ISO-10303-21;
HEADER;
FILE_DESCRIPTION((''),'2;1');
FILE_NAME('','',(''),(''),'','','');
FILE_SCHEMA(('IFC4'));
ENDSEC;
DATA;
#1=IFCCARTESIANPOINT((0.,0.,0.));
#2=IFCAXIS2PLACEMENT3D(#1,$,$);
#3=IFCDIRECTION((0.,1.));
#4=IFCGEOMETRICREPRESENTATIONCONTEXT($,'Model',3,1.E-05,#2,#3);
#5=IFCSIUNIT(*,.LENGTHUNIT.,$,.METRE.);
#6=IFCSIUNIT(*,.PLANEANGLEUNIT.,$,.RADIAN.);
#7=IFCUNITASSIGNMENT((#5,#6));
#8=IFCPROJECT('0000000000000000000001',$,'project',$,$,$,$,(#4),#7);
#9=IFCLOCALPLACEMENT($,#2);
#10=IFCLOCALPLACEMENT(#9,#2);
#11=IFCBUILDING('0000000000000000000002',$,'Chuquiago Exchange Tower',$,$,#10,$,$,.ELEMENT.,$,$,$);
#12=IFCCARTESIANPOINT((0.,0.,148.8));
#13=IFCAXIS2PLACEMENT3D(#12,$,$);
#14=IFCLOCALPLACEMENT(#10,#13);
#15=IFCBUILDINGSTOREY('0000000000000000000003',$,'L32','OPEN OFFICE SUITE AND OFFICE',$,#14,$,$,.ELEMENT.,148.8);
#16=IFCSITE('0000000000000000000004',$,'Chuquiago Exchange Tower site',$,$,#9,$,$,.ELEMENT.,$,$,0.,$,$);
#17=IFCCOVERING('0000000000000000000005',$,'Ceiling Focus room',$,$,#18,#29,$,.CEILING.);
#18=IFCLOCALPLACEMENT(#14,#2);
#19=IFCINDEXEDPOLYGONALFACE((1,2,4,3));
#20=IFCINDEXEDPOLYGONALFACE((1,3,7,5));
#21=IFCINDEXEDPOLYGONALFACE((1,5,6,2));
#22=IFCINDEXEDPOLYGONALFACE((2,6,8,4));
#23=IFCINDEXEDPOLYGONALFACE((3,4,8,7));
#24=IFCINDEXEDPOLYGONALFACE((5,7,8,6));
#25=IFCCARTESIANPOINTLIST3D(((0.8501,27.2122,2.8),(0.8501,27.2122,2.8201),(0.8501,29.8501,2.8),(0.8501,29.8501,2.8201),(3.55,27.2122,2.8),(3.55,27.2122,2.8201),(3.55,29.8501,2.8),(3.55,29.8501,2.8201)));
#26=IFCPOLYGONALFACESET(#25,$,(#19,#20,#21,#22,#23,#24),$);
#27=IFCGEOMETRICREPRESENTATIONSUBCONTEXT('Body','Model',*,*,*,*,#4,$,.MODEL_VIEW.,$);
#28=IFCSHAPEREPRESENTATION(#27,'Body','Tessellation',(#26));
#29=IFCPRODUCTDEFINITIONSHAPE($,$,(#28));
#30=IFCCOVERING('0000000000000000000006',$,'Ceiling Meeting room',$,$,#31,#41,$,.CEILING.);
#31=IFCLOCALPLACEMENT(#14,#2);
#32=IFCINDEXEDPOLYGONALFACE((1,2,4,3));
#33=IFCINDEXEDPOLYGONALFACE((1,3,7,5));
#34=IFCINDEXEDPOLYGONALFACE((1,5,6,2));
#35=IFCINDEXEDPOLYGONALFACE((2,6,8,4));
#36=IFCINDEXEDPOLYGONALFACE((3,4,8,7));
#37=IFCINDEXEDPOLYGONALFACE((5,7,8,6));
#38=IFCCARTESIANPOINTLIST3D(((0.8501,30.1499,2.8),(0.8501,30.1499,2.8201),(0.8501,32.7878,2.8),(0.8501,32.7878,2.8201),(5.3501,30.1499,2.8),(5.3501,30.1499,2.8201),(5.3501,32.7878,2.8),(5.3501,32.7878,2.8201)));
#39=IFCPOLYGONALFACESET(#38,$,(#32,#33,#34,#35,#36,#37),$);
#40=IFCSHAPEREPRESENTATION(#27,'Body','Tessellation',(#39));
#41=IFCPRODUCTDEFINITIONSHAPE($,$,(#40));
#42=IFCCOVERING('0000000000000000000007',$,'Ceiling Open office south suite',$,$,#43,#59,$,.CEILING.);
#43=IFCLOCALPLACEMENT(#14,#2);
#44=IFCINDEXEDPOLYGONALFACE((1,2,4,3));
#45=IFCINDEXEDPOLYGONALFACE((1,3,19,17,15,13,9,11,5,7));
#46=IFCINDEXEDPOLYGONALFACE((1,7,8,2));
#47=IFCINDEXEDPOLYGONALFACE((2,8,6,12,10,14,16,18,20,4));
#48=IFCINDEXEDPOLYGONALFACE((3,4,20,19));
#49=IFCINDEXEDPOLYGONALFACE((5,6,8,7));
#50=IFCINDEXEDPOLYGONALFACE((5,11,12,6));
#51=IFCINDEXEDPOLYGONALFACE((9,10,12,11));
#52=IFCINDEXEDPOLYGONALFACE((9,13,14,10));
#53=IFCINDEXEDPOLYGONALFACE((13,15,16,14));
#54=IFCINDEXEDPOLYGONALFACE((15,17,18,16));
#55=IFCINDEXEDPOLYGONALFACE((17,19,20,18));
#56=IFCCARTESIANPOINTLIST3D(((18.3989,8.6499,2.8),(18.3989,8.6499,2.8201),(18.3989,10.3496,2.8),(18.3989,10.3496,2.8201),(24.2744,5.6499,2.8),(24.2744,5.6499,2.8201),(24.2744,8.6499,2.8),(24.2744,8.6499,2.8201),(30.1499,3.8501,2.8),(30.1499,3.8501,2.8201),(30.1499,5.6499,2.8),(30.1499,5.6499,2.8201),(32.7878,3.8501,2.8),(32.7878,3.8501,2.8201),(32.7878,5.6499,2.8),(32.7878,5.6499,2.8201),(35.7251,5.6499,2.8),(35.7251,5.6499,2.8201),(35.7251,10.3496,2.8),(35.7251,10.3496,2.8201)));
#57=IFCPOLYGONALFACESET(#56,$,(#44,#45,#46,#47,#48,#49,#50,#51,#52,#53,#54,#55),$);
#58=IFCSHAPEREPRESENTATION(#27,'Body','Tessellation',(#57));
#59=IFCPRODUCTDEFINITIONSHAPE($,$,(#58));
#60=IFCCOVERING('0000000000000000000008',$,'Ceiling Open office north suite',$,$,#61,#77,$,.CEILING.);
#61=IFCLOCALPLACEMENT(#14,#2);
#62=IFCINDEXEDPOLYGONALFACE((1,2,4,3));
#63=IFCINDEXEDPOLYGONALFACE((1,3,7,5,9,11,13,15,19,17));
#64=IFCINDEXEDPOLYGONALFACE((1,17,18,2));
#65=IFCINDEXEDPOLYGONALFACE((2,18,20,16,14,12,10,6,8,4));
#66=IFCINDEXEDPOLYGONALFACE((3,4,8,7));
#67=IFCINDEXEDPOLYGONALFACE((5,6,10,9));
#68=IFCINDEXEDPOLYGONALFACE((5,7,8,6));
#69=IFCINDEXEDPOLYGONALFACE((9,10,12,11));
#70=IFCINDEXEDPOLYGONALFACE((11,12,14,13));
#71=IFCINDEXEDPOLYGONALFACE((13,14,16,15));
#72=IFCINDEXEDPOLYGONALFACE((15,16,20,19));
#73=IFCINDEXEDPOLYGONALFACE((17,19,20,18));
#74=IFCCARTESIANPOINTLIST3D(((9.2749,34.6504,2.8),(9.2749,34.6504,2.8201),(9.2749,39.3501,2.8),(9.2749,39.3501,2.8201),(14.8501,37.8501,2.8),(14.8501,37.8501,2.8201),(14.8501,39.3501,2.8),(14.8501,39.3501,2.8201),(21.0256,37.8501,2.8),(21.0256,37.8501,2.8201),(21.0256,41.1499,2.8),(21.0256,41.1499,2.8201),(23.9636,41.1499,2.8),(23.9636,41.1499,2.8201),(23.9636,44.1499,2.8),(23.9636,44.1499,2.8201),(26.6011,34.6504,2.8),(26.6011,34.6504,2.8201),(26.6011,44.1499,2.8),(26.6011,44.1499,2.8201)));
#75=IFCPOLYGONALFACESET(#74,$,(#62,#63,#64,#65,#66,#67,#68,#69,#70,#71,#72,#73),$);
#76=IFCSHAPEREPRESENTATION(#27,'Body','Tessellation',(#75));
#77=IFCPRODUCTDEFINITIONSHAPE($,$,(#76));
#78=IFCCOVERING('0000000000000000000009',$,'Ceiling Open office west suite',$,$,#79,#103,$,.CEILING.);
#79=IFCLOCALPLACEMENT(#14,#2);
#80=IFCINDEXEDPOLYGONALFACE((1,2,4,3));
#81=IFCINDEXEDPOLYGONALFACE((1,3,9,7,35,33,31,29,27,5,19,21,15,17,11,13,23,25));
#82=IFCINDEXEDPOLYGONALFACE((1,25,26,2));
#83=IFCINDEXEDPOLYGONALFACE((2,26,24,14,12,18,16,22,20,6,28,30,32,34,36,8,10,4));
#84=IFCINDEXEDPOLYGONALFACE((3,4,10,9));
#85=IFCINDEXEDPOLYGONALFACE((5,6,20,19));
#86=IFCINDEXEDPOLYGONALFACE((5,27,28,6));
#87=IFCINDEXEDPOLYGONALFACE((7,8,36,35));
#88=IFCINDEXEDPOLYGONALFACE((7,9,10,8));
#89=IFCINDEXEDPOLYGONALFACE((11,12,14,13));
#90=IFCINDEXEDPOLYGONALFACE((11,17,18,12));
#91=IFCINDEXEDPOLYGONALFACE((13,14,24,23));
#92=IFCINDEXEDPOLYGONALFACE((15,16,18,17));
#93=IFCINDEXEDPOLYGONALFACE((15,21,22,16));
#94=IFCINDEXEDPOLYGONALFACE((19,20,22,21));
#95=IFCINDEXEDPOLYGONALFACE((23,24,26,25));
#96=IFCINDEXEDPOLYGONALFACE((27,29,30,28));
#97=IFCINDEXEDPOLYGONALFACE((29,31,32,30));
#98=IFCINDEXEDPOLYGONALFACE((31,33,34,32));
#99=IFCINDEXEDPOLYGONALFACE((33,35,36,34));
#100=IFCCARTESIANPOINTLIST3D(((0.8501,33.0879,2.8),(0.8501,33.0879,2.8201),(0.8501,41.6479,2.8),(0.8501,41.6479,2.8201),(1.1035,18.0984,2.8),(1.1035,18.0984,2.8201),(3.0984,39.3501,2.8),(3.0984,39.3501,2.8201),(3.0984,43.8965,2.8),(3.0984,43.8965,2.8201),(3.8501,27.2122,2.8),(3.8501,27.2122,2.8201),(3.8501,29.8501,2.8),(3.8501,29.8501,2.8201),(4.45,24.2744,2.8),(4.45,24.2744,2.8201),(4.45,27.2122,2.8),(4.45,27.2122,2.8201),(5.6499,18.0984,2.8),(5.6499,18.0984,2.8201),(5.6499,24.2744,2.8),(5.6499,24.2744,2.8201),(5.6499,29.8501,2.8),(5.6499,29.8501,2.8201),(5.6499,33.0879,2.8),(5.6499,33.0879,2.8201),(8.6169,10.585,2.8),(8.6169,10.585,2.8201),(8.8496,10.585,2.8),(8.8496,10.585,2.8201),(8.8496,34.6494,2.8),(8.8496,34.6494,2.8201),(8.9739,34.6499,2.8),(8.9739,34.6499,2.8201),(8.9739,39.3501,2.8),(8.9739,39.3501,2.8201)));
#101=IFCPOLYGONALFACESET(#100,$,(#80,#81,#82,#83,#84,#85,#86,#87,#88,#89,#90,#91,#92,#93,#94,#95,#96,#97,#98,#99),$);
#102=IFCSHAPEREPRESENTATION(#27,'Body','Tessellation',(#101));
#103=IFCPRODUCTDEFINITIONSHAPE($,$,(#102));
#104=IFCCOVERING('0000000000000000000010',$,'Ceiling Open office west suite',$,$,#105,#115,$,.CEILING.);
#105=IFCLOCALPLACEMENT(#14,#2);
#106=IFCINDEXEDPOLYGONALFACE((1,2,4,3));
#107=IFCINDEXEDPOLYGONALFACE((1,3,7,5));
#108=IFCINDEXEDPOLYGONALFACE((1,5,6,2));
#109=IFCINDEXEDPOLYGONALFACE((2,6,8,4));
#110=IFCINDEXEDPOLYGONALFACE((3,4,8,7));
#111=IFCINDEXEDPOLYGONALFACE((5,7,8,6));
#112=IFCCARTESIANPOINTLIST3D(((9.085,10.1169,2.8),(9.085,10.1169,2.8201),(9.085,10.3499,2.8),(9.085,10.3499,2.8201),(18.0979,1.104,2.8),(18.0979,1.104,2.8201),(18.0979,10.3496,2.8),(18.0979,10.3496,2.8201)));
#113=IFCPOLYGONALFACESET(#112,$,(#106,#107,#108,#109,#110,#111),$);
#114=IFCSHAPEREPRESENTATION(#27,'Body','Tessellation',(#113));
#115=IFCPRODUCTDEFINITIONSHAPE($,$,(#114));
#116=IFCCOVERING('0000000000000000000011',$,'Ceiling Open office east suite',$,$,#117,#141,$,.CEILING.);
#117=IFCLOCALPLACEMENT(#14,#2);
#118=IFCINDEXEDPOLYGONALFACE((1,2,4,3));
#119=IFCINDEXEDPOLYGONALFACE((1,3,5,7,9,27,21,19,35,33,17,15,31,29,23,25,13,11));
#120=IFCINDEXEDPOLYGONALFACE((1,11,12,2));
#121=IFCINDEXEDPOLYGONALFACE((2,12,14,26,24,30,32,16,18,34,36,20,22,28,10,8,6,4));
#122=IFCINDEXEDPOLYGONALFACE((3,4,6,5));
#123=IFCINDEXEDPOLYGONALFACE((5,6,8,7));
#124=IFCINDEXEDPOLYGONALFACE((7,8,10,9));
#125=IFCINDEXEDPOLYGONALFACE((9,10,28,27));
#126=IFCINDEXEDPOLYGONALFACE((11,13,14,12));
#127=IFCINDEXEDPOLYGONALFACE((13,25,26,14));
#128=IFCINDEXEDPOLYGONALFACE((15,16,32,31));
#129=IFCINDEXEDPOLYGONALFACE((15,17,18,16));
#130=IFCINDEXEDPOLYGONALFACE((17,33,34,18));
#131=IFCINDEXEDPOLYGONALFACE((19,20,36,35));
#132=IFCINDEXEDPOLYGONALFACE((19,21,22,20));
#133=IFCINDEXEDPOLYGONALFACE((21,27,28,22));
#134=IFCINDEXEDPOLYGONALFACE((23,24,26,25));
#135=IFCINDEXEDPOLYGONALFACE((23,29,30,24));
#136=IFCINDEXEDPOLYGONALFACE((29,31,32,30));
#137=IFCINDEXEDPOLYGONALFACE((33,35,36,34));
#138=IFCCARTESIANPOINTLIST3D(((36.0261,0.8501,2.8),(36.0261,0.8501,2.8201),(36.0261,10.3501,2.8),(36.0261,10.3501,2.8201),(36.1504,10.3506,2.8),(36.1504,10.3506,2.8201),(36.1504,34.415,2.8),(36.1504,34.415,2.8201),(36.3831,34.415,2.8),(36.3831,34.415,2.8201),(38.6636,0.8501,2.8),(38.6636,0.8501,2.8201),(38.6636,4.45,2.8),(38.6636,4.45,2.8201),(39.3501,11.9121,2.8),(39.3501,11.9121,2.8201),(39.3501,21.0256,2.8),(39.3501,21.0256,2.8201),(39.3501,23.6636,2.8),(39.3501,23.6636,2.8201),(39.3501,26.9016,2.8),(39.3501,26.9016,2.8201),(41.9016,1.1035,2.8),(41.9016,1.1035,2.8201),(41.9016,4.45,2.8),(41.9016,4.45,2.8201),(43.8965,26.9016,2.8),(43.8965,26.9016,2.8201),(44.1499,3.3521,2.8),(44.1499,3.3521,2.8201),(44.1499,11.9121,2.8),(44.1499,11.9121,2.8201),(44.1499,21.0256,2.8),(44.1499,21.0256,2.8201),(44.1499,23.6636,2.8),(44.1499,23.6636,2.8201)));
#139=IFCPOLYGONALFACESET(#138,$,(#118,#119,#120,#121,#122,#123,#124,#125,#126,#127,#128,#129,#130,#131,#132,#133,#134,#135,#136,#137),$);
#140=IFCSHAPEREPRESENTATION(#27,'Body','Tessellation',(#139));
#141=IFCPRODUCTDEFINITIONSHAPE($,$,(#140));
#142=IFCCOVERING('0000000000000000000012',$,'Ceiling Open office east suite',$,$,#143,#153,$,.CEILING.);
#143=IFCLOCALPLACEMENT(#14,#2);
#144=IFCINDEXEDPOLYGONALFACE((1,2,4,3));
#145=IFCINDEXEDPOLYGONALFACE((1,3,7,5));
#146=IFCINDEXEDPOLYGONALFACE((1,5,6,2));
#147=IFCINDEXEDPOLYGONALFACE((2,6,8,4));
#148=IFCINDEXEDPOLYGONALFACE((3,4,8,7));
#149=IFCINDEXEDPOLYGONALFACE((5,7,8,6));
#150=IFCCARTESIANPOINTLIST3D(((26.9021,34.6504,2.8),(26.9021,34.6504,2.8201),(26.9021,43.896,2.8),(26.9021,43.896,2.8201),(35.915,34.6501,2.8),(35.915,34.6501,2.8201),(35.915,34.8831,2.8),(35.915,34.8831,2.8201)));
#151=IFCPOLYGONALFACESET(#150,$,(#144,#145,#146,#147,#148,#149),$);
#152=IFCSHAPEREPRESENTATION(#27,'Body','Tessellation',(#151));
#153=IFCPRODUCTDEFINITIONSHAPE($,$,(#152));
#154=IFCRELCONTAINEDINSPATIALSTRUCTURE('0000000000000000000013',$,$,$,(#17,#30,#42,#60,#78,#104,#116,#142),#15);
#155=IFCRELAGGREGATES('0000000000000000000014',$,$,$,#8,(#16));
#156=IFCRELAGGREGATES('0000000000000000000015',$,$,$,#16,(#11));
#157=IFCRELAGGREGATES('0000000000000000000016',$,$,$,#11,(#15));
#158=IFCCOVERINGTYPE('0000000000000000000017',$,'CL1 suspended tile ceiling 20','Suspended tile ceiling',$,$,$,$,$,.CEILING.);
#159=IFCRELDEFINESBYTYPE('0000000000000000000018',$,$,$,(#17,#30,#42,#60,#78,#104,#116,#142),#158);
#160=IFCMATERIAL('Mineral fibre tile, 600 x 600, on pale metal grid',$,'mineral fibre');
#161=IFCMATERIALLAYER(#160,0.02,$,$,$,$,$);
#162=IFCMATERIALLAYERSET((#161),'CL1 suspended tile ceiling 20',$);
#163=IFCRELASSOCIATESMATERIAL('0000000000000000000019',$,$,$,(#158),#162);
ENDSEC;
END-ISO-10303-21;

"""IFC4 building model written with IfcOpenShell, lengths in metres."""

from ifc_helpers import new_model, si_unit, direction, frame, origin, place, context, subcontext, project, spatial, polyline, outline, extrude, material, layer, layer_set, type_object, element, save


model = new_model("IFC4")

# Units and contexts
model_context = context("Model", 3, precision=1e-05, world=origin(), true_north=direction((0.0, 1.0)))
body_context = subcontext(model_context, "Body", "Model", "MODEL_VIEW")
ifc_project = project(units=[si_unit("LENGTHUNIT", "METRE"), si_unit("PLANEANGLEUNIT", "RADIAN")], contexts=[model_context])

# Site, building, storey
site_placement = place(None, origin())
site = spatial("IfcSite", under=ifc_project, at=site_placement, Name="Chuquiago Exchange Tower site", CompositionType="ELEMENT", RefElevation=0.0)
building_placement = place(site_placement, origin())
building = spatial("IfcBuilding", under=site, at=building_placement, Name="Chuquiago Exchange Tower", CompositionType="ELEMENT")
storey_placement = place(building_placement, frame((0.0, 0.0, 148.8)))
storey = spatial("IfcBuildingStorey", under=building, at=storey_placement, Name="L32", Description="OPEN OFFICE SUITE AND OFFICE", CompositionType="ELEMENT", Elevation=148.8)

# Coverings
ifc_material_1 = material(Name="Mineral fibre tile, 600 x 600, on pale metal grid", Category="mineral fibre")
ifc_layer_1 = layer(ifc_material_1, 0.02)
ifc_layer_set_1 = layer_set([ifc_layer_1], Name="CL1 suspended tile ceiling 20")
covering_type_1 = type_object("IfcCoveringType", Name="CL1 suspended tile ceiling 20", Description="Suspended tile ceiling", PredefinedType="CEILING", material=ifc_layer_set_1)
covering_1_placement = place(storey_placement, frame((0.0, 0.0, 2.8)))
element("IfcCovering", 1, at=covering_1_placement, inside=storey, type_object=covering_type_1, Name="Ceiling Focus room", PredefinedType="CEILING", context=body_context, shape_type="SweptSolid", body=[
    extrude(outline(polyline([(3.55, 29.8501), (3.55, 27.2122), (0.8501, 27.2122), (0.8501, 29.8501), (3.55, 29.8501)])), origin(), (0.0, 0.0, 1.0), 0.02),
])
covering_2_placement = place(storey_placement, frame((0.0, 0.0, 2.8)))
element("IfcCovering", 2, at=covering_2_placement, inside=storey, type_object=covering_type_1, Name="Ceiling Meeting room", PredefinedType="CEILING", context=body_context, shape_type="SweptSolid", body=[
    extrude(outline(polyline([(5.3501, 32.7878), (5.3501, 30.1499), (0.8501, 30.1499), (0.8501, 32.7878), (5.3501, 32.7878)])), origin(), (0.0, 0.0, 1.0), 0.02),
])
covering_3_placement = place(storey_placement, frame((0.0, 0.0, 2.8)))
element("IfcCovering", 3, at=covering_3_placement, inside=storey, type_object=covering_type_1, Name="Ceiling Open office south suite", PredefinedType="CEILING", context=body_context, shape_type="SweptSolid", body=[
    extrude(outline(polyline([(32.7878, 3.8501), (30.1499, 3.8501), (30.1499, 5.6499), (24.2744, 5.6499), (24.2744, 8.6499), (18.3989, 8.6499), (18.3989, 10.3496), (35.7251, 10.3496), (35.7251, 5.6499), (32.7878, 5.6499), (32.7878, 3.8501)])), origin(), (0.0, 0.0, 1.0), 0.02),
])
covering_4_placement = place(storey_placement, frame((0.0, 0.0, 2.8)))
element("IfcCovering", 4, at=covering_4_placement, inside=storey, type_object=covering_type_1, Name="Ceiling Open office north suite", PredefinedType="CEILING", context=body_context, shape_type="SweptSolid", body=[
    extrude(outline(polyline([(14.8501, 39.3501), (14.8501, 37.8501), (21.0256, 37.8501), (21.0256, 41.1499), (23.9636, 41.1499), (23.9636, 44.1499), (26.6011, 44.1499), (26.6011, 34.6504), (9.2749, 34.6504), (9.2749, 39.3501), (14.8501, 39.3501)])), origin(), (0.0, 0.0, 1.0), 0.02),
])
covering_5_placement = place(storey_placement, frame((0.0, 0.0, 2.8)))
element("IfcCovering", 5, at=covering_5_placement, inside=storey, type_object=covering_type_1, Name="Ceiling Open office west suite", PredefinedType="CEILING", context=body_context, shape_type="SweptSolid", body=[
    extrude(outline(polyline([(3.0984, 39.3501), (8.9739, 39.3501), (8.9739, 34.6499), (8.8496, 34.6494), (8.8496, 10.585), (8.6169, 10.585), (1.1035, 18.0984), (5.6499, 18.0984), (5.6499, 24.2744), (4.45, 24.2744), (4.45, 27.2122), (3.8501, 27.2122), (3.8501, 29.8501), (5.6499, 29.8501), (5.6499, 33.0879), (0.8501, 33.0879), (0.8501, 41.6479), (3.0984, 43.8965), (3.0984, 39.3501)])), origin(), (0.0, 0.0, 1.0), 0.02),
])
covering_6_placement = place(storey_placement, frame((0.0, 0.0, 2.8)))
element("IfcCovering", 6, at=covering_6_placement, inside=storey, type_object=covering_type_1, Name="Ceiling Open office west suite", PredefinedType="CEILING", context=body_context, shape_type="SweptSolid", body=[
    extrude(outline(polyline([(18.0979, 10.3496), (18.0979, 1.104), (9.085, 10.1169), (9.085, 10.3499), (18.0979, 10.3496)])), origin(), (0.0, 0.0, 1.0), 0.02),
])
covering_7_placement = place(storey_placement, frame((0.0, 0.0, 2.8)))
element("IfcCovering", 7, at=covering_7_placement, inside=storey, type_object=covering_type_1, Name="Ceiling Open office east suite", PredefinedType="CEILING", context=body_context, shape_type="SweptSolid", body=[
    extrude(outline(polyline([(36.1504, 10.3506), (36.1504, 34.415), (36.3831, 34.415), (43.8965, 26.9016), (39.3501, 26.9016), (39.3501, 23.6636), (44.1499, 23.6636), (44.1499, 21.0256), (39.3501, 21.0256), (39.3501, 11.9121), (44.1499, 11.9121), (44.1499, 3.3521), (41.9016, 1.1035), (41.9016, 4.45), (38.6636, 4.45), (38.6636, 0.8501), (36.0261, 0.8501), (36.0261, 10.3501), (36.1504, 10.3506)])), origin(), (0.0, 0.0, 1.0), 0.02),
])
covering_8_placement = place(storey_placement, frame((0.0, 0.0, 2.8)))
element("IfcCovering", 8, at=covering_8_placement, inside=storey, type_object=covering_type_1, Name="Ceiling Open office east suite", PredefinedType="CEILING", context=body_context, shape_type="SweptSolid", body=[
    extrude(outline(polyline([(26.9021, 34.6504), (26.9021, 43.896), (35.915, 34.8831), (35.915, 34.6501), (26.9021, 34.6504)])), origin(), (0.0, 0.0, 1.0), 0.02),
])

save(model, "model.ifc")
